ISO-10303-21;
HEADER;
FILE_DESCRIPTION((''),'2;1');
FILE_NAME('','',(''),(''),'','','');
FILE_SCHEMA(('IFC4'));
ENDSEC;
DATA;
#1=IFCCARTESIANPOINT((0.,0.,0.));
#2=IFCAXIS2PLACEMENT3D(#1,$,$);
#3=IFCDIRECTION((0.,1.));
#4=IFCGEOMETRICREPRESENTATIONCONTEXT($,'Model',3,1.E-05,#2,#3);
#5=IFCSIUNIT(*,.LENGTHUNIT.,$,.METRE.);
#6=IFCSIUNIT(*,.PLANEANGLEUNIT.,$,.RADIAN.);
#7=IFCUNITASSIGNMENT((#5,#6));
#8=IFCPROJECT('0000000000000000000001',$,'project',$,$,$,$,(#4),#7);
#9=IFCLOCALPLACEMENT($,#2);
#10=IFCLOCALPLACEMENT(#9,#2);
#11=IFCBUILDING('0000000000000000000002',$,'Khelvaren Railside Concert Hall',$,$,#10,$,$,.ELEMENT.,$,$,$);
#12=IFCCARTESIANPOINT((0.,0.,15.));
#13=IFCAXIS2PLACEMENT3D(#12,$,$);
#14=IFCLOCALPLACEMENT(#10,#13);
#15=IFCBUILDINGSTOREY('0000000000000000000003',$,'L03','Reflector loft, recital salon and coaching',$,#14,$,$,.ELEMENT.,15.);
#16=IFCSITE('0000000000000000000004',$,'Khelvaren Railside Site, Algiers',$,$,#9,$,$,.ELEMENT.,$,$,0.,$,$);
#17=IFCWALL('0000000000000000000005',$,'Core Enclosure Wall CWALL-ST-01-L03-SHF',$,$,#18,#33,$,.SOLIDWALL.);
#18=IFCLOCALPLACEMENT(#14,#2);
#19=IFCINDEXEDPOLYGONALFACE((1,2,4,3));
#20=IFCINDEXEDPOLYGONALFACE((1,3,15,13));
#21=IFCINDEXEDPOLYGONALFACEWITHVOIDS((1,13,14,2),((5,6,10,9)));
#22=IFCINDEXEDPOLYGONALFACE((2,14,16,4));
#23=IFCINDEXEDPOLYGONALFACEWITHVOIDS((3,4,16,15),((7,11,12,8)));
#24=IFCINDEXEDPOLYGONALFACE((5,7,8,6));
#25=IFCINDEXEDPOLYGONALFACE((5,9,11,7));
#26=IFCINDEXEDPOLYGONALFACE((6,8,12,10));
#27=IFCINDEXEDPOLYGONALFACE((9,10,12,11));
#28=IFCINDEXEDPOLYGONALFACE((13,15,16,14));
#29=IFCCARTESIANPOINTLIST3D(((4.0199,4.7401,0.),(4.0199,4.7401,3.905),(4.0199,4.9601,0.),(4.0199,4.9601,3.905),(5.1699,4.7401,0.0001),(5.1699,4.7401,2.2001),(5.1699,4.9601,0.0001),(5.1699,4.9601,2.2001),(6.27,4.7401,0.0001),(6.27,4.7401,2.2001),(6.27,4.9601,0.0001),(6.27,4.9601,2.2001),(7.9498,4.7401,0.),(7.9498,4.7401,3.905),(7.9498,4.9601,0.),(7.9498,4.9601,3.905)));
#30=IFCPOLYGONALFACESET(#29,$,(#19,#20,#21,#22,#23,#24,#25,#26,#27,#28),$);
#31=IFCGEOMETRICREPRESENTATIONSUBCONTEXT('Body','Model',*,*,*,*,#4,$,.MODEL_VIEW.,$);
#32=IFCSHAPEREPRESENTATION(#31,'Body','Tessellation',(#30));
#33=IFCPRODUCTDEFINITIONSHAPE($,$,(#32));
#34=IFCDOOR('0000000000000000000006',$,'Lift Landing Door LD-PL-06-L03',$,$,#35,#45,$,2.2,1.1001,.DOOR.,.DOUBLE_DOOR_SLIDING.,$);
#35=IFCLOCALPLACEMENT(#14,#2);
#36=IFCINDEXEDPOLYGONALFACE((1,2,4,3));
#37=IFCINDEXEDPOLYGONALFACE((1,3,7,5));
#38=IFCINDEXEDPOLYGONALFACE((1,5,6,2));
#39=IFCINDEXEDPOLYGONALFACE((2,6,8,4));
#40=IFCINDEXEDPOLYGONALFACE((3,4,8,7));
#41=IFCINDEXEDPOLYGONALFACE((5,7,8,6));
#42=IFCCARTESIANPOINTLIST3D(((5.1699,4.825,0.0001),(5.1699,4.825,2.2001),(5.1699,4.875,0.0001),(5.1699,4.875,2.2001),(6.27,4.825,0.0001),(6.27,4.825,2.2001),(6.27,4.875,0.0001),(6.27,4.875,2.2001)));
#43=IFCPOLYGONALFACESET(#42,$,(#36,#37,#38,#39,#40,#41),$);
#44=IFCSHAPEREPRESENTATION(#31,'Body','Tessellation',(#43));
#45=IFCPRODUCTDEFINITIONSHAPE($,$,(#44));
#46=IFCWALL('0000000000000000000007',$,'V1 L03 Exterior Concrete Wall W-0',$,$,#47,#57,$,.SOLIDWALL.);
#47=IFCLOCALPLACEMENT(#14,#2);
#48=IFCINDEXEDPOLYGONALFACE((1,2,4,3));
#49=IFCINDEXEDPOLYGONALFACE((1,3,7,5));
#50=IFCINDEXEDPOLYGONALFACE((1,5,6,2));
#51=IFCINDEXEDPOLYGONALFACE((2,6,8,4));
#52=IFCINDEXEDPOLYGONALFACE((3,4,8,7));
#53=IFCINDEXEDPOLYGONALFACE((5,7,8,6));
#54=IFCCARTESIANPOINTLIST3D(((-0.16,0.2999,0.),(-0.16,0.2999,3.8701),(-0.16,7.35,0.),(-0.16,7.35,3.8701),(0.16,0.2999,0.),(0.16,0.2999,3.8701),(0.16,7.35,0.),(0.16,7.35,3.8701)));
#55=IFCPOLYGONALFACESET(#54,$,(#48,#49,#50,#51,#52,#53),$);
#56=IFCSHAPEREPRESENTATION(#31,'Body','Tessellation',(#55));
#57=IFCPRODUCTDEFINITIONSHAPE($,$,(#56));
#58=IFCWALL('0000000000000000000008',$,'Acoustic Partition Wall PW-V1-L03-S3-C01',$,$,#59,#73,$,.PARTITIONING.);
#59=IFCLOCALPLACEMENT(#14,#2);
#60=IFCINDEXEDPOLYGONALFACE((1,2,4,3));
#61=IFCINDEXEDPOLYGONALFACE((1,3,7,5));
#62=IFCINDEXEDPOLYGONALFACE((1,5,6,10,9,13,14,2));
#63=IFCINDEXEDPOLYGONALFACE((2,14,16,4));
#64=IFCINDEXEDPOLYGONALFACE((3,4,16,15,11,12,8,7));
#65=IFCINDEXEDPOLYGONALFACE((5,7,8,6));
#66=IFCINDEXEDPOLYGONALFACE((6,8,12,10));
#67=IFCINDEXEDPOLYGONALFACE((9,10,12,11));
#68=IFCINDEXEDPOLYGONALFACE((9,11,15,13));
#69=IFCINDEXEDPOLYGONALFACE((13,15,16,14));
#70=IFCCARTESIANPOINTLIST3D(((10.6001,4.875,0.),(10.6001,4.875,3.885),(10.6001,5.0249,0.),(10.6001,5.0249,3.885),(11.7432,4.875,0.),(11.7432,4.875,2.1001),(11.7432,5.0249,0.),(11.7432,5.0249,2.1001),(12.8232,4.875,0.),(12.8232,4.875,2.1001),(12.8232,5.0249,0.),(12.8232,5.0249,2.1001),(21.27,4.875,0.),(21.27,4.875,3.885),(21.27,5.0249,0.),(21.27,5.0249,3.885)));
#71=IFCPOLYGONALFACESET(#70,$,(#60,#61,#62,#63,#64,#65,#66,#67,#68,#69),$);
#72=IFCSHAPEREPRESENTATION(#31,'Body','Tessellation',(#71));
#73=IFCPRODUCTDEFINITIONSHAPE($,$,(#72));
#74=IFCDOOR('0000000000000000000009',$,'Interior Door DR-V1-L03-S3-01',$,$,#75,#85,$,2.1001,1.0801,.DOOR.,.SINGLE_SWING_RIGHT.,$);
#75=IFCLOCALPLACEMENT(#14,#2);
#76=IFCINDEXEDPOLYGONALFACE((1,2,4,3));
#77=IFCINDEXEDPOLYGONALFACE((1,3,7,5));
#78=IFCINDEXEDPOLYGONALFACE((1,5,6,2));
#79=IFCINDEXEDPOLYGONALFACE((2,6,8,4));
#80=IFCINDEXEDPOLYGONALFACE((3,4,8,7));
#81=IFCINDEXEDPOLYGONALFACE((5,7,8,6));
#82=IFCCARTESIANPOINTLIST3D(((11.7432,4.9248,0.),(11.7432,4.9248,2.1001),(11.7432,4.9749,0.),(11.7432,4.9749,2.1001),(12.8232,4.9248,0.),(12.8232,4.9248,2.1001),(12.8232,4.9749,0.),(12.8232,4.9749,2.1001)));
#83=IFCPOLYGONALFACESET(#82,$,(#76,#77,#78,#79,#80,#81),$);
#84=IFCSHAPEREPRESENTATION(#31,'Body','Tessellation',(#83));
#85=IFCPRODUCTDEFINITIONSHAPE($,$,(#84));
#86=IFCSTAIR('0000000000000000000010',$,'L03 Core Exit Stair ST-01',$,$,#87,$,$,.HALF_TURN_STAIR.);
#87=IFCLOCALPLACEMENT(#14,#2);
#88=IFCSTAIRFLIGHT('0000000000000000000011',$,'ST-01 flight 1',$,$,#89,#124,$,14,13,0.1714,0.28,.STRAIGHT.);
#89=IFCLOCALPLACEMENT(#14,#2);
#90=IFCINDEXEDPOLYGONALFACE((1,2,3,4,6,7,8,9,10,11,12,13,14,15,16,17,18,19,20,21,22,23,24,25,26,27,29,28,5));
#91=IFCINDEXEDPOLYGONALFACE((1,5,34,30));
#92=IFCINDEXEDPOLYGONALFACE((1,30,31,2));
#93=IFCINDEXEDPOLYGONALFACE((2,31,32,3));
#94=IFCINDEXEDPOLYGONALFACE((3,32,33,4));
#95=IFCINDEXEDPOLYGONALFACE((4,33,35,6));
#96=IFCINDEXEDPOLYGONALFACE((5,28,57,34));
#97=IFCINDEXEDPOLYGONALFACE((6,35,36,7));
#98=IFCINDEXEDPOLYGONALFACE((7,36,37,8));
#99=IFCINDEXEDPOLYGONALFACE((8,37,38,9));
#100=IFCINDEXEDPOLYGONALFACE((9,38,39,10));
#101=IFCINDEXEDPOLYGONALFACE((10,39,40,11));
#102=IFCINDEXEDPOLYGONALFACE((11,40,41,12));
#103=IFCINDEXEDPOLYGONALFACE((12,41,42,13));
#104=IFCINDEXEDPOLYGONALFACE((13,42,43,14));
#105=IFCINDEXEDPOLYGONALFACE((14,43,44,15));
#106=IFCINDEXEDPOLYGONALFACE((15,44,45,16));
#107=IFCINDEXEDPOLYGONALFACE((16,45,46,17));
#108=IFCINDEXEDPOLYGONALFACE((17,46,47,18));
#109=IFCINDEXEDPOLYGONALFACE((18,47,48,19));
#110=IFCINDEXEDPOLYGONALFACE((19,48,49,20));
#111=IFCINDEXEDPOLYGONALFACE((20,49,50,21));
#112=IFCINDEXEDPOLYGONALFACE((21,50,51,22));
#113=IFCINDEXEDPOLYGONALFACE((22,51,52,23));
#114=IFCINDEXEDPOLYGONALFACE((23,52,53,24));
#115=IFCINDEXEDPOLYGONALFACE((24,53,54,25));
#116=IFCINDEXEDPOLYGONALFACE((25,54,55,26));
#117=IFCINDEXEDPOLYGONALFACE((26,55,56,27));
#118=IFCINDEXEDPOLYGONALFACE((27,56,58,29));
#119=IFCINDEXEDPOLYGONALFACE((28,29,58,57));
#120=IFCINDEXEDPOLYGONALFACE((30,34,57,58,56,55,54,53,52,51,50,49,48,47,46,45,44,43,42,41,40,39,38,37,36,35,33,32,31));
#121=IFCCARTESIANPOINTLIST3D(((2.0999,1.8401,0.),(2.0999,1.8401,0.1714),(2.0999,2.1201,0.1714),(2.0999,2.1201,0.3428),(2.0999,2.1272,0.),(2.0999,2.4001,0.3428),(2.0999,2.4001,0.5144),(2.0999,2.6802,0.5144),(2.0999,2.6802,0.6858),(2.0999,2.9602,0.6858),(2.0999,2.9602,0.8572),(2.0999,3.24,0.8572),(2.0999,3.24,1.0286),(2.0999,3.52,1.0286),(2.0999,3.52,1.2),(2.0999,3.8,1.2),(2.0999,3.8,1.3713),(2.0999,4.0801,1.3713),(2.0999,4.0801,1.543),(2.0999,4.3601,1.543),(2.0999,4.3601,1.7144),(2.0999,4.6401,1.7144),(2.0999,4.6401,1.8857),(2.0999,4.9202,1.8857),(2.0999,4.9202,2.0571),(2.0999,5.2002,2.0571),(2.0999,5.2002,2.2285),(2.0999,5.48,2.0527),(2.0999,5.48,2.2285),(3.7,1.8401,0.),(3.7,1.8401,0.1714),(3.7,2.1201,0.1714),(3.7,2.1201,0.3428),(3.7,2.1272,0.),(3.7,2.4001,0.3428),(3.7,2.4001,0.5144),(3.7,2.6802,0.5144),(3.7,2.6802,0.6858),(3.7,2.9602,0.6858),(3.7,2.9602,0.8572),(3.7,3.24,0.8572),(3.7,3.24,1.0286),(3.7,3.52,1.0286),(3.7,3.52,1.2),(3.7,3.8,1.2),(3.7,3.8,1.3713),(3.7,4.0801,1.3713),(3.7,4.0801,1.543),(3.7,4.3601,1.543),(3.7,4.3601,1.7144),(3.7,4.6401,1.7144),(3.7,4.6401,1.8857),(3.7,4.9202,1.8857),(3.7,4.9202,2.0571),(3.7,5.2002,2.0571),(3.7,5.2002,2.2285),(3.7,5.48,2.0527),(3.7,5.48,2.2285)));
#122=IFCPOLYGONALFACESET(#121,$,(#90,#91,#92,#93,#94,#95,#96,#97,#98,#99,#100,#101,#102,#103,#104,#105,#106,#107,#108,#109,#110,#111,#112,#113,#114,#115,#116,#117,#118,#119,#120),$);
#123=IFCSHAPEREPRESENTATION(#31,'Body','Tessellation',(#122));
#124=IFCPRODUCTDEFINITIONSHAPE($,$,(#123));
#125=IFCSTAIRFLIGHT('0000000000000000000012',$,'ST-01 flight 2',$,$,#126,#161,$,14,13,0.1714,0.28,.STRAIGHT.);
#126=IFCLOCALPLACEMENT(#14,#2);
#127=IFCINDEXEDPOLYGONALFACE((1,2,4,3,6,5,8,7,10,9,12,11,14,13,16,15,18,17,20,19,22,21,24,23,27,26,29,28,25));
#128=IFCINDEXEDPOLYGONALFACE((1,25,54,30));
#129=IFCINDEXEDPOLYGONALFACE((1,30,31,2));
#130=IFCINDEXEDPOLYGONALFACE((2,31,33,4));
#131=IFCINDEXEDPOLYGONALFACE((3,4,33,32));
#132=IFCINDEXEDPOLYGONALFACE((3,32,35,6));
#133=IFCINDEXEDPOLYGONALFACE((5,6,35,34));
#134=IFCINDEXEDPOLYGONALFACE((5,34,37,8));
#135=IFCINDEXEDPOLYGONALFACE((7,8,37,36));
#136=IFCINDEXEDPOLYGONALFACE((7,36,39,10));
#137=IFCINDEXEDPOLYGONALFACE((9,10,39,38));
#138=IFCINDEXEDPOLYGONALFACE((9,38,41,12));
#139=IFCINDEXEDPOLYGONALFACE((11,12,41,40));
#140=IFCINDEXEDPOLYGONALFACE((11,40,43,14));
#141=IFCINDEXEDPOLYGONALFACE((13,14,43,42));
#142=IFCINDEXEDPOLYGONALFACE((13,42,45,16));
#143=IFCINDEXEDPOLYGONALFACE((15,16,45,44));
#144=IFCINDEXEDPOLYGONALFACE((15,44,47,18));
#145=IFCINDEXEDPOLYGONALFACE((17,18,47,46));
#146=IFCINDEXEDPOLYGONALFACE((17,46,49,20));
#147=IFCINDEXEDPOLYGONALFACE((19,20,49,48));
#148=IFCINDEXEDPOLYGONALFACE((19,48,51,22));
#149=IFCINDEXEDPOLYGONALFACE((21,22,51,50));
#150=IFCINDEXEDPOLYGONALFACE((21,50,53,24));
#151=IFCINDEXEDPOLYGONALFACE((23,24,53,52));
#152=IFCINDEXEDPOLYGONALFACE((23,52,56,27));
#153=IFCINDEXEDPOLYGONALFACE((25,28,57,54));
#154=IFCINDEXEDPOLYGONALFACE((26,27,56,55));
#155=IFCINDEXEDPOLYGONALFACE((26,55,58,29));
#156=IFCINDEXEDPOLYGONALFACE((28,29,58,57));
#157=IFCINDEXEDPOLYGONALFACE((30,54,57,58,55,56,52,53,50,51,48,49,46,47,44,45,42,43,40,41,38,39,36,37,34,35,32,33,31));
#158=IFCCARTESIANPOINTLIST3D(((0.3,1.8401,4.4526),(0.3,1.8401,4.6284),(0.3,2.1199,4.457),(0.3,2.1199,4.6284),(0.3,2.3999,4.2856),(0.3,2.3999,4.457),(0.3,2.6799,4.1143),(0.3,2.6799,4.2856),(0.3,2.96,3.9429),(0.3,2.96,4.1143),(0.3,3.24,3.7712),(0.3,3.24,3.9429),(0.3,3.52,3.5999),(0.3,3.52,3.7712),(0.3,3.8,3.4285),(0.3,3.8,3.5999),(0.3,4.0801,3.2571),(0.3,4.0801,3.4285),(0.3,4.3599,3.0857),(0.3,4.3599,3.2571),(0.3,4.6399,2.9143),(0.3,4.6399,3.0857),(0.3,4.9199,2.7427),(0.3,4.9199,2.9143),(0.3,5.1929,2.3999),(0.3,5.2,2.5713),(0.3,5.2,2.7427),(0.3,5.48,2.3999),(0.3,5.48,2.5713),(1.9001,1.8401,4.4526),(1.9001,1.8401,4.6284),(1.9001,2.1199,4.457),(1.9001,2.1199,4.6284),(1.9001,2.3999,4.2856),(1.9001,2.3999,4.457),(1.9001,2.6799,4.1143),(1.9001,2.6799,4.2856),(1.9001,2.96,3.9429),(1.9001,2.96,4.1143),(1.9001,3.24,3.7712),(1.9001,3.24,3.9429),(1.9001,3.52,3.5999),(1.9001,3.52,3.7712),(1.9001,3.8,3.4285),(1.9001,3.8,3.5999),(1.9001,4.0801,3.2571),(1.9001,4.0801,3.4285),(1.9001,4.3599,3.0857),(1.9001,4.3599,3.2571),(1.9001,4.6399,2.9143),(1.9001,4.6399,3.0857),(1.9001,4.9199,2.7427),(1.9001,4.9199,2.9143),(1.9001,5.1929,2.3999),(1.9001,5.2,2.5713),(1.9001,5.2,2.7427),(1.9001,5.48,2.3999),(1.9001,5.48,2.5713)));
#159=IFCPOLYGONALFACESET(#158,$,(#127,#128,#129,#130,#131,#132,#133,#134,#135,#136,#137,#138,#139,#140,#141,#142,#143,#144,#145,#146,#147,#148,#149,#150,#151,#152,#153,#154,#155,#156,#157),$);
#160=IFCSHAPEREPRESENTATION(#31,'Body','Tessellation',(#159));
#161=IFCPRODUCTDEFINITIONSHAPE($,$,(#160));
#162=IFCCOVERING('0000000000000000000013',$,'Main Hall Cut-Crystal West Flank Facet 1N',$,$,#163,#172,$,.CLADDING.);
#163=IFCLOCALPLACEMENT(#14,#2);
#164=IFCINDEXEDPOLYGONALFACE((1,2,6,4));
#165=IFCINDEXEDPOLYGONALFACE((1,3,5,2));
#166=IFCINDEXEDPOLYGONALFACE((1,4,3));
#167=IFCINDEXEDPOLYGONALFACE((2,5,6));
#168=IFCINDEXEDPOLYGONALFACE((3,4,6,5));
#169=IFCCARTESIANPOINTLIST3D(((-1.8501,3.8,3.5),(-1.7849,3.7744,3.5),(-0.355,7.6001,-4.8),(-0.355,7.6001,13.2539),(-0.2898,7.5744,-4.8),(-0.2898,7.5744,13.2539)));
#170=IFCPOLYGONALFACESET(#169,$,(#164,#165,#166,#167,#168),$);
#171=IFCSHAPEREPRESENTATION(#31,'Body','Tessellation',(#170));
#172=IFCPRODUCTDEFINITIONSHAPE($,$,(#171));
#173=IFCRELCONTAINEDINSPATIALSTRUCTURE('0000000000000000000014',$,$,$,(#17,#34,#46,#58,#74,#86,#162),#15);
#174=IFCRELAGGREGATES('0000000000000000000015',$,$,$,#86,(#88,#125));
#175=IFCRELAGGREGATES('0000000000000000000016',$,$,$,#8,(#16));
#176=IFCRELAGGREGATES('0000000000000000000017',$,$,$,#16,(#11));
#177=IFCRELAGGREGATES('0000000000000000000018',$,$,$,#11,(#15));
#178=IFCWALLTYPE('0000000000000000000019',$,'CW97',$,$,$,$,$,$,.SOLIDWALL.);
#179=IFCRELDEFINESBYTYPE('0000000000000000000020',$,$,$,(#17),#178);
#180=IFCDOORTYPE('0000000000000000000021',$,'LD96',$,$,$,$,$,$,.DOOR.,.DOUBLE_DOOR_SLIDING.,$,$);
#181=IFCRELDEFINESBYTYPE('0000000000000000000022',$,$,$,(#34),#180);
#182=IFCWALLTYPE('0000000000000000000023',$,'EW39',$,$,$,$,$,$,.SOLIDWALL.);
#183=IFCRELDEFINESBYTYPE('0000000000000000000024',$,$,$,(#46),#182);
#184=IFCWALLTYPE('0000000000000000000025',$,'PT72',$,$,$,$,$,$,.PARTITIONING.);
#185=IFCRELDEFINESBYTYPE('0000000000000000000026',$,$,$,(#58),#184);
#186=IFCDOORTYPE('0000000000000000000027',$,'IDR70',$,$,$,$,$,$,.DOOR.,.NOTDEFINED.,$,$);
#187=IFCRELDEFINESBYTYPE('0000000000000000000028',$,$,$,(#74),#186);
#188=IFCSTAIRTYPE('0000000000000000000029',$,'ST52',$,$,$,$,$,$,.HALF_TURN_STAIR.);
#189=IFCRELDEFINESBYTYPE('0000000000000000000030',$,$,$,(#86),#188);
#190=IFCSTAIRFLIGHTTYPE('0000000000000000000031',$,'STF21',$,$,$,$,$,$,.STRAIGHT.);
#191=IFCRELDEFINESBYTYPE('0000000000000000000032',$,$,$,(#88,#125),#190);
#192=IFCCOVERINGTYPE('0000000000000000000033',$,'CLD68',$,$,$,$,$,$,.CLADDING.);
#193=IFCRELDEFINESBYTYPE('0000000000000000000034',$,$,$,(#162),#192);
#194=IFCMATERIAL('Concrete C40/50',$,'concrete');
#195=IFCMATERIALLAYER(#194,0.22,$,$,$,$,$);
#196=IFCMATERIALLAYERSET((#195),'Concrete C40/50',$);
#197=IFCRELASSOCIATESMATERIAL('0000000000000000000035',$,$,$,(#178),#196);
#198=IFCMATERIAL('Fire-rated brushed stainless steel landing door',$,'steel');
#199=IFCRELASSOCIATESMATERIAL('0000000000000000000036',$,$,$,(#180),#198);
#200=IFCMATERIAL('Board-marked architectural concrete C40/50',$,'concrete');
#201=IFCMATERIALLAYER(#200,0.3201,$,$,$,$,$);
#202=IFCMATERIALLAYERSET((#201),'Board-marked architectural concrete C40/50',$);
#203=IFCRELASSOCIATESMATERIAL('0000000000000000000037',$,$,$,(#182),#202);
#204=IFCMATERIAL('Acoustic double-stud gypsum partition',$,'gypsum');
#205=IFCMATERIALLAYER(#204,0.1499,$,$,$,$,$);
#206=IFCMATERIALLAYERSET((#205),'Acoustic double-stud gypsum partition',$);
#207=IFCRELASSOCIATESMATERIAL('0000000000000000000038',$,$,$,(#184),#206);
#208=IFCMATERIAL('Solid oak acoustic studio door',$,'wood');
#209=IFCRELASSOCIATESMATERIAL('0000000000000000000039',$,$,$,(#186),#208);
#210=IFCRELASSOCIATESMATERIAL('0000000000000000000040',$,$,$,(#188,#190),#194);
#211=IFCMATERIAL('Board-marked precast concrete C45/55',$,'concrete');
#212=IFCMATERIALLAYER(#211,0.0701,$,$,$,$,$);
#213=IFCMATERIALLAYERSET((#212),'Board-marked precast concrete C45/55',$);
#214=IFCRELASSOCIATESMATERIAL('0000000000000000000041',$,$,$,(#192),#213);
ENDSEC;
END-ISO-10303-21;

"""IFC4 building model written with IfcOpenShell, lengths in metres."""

from ifc_helpers import new_model, si_unit, direction, frame, frame_2d, origin, place, context, subcontext, project, spatial, polyline, rectangle, outline, extrude, material, layer, layer_set, type_object, element, fill, aggregate, save


model = new_model("IFC4")

# Units and contexts
model_context = context("Model", 3, precision=1e-05, world=origin(), true_north=direction((0.0, 1.0)))
body_context = subcontext(model_context, "Body", "Model", "MODEL_VIEW")
ifc_project = project(units=[si_unit("LENGTHUNIT", "METRE"), si_unit("PLANEANGLEUNIT", "RADIAN")], contexts=[model_context])

# Site, building, storey
site_placement = place(None, origin())
site = spatial("IfcSite", under=ifc_project, at=site_placement, Name="Khelvaren Railside Site, Algiers", CompositionType="ELEMENT", RefElevation=0.0)
building_placement = place(site_placement, origin())
building = spatial("IfcBuilding", under=site, at=building_placement, Name="Khelvaren Railside Concert Hall", CompositionType="ELEMENT")
storey_placement = place(building_placement, frame((0.0, 0.0, 15.0)))
storey = spatial("IfcBuildingStorey", under=building, at=storey_placement, Name="L03", Description="Reflector loft, recital salon and coaching", CompositionType="ELEMENT", Elevation=15.0)

# Wall, opening, door
ifc_material_1 = material(Name="Concrete C40/50", Category="concrete")
ifc_layer_1 = layer(ifc_material_1, 0.22)
ifc_layer_set_1 = layer_set([ifc_layer_1], Name="Concrete C40/50")
wall_type_1 = type_object("IfcWallType", Name="CW97", PredefinedType="SOLIDWALL", material=ifc_layer_set_1)
wall_1_placement = place(storey_placement, frame((4.02, 4.8501, 0.0), z_axis=(0.0, 0.0, 1.0), x_axis=(1.0, 0.0, 0.0)))
wall_1 = element("IfcWall", 1, at=wall_1_placement, inside=storey, type_object=wall_type_1, Name="Core Enclosure Wall CWALL-ST-01-L03-SHF", PredefinedType="SOLIDWALL", context=body_context, shape_type="SweptSolid", body=[
    extrude(rectangle(XDim=3.9299, YDim=0.22, at=frame_2d((1.9648, 0.0))), origin(), (0.0, 0.0, 1.0), 3.905),
])
opening_1_placement = place(wall_1_placement, frame((1.1499, 0.0, 0.0)))
opening_1 = element("IfcOpeningElement", 2, at=opening_1_placement, cuts=wall_1, PredefinedType="OPENING", context=body_context, shape_type="SweptSolid", body=[
    extrude(rectangle(XDim=1.1001, YDim=2.2, at=frame_2d((0.55, 1.1001))), frame((0.0, 0.1199, 0.0), z_axis=(0.0, -1.0, 0.0), x_axis=(1.0, 0.0, 0.0)), (0.0, 0.0, 1.0), 0.24),
])
ifc_material_2 = material(Name="Fire-rated brushed stainless steel landing door", Category="steel")
door_type_1 = type_object("IfcDoorType", Name="LD96", OperationType="DOUBLE_DOOR_SLIDING", PredefinedType="DOOR", material=ifc_material_2)
door_1_placement = place(opening_1_placement, origin())
door_1 = element("IfcDoor", 3, at=door_1_placement, inside=storey, type_object=door_type_1, Name="Lift Landing Door LD-PL-06-L03", OperationType="DOUBLE_DOOR_SLIDING", OverallHeight=2.2, OverallWidth=1.1001, PredefinedType="DOOR", context=body_context, shape_type="SweptSolid", body=[
    extrude(rectangle(XDim=1.1001, YDim=2.2, at=frame_2d((0.55, 1.1001))), frame((0.0, 0.0249, 0.0), z_axis=(0.0, -1.0, 0.0), x_axis=(1.0, 0.0, 0.0)), (0.0, 0.0, 1.0), 0.05),
])
fill(opening_1, door_1)

# Wall
ifc_material_3 = material(Name="Board-marked architectural concrete C40/50", Category="concrete")
ifc_layer_2 = layer(ifc_material_3, 0.3201)
ifc_layer_set_2 = layer_set([ifc_layer_2], Name="Board-marked architectural concrete C40/50")
wall_type_2 = type_object("IfcWallType", Name="EW39", PredefinedType="SOLIDWALL", material=ifc_layer_set_2)
wall_2_placement = place(storey_placement, frame((0.0, 0.3, 0.0), z_axis=(0.0, 0.0, 1.0), x_axis=(0.0, 1.0, 0.0)))
element("IfcWall", 4, at=wall_2_placement, inside=storey, type_object=wall_type_2, Name="V1 L03 Exterior Concrete Wall W-0", PredefinedType="SOLIDWALL", context=body_context, shape_type="SweptSolid", body=[
    extrude(rectangle(XDim=7.05, YDim=0.3201, at=frame_2d((3.5249, 0.0))), origin(), (0.0, 0.0, 1.0), 3.8701),
])

# Wall, opening, door
ifc_material_4 = material(Name="Acoustic double-stud gypsum partition", Category="gypsum")
ifc_layer_3 = layer(ifc_material_4, 0.1499)
ifc_layer_set_3 = layer_set([ifc_layer_3], Name="Acoustic double-stud gypsum partition")
wall_type_3 = type_object("IfcWallType", Name="PT72", PredefinedType="PARTITIONING", material=ifc_layer_set_3)
wall_3_placement = place(storey_placement, frame((10.6001, 4.95, 0.0), z_axis=(0.0, 0.0, 1.0), x_axis=(1.0, 0.0, 0.0)))
wall_3 = element("IfcWall", 5, at=wall_3_placement, inside=storey, type_object=wall_type_3, Name="Acoustic Partition Wall PW-V1-L03-S3-C01", PredefinedType="PARTITIONING", context=body_context, shape_type="SweptSolid", body=[
    extrude(rectangle(XDim=10.6699, YDim=0.1499, at=frame_2d((5.335, 0.0))), origin(), (0.0, 0.0, 1.0), 3.885),
])
opening_2_placement = place(wall_3_placement, frame((1.1431, 0.0, 0.0)))
opening_2 = element("IfcOpeningElement", 6, at=opening_2_placement, cuts=wall_3, PredefinedType="OPENING", context=body_context, shape_type="SweptSolid", body=[
    extrude(rectangle(XDim=1.0801, YDim=2.1001, at=frame_2d((0.54, 1.05))), frame((0.0, 0.085, 0.0), z_axis=(0.0, -1.0, 0.0), x_axis=(1.0, 0.0, 0.0)), (0.0, 0.0, 1.0), 0.1699),
])
ifc_material_5 = material(Name="Solid oak acoustic studio door", Category="wood")
door_type_2 = type_object("IfcDoorType", Name="IDR70", OperationType="NOTDEFINED", PredefinedType="DOOR", material=ifc_material_5)
door_2_placement = place(opening_2_placement, origin())
door_2 = element("IfcDoor", 7, at=door_2_placement, inside=storey, type_object=door_type_2, Name="Interior Door DR-V1-L03-S3-01", OperationType="SINGLE_SWING_RIGHT", OverallHeight=2.1001, OverallWidth=1.0801, PredefinedType="DOOR", context=body_context, shape_type="SweptSolid", body=[
    extrude(rectangle(XDim=1.0801, YDim=2.1001, at=frame_2d((0.54, 1.05))), frame((0.0, 0.0249, 0.0), z_axis=(0.0, -1.0, 0.0), x_axis=(1.0, 0.0, 0.0)), (0.0, 0.0, 1.0), 0.05),
])
fill(opening_2, door_2)

# Stair, stair flights
stair_type = type_object("IfcStairType", Name="ST52", PredefinedType="HALF_TURN_STAIR", material=ifc_material_1)
stair_placement = place(storey_placement, origin())
stair = element("IfcStair", 8, at=stair_placement, inside=storey, type_object=stair_type, Name="L03 Core Exit Stair ST-01", PredefinedType="HALF_TURN_STAIR")
stair_flight_type = type_object("IfcStairFlightType", Name="STF21", PredefinedType="STRAIGHT", material=ifc_material_1)
stair_flight_1_placement = place(storey_placement, frame((2.8999, 1.8401, 0.0), z_axis=(0.0, 0.0, 1.0), x_axis=(0.0, 1.0, 0.0)))
stair_flight_1 = element("IfcStairFlight", 9, at=stair_flight_1_placement, type_object=stair_flight_type, Name="ST-01 flight 1", NumberOfRisers=14, NumberOfTreads=13, PredefinedType="STRAIGHT", RiserHeight=0.1714, TreadLength=0.28, context=body_context, shape_type="SweptSolid", body=[
    extrude(outline(polyline([(0.0, 0.0), (0.0, 0.1714), (0.28, 0.1714), (0.28, 0.3428), (0.5601, 0.3428), (0.5601, 0.5144), (0.8401, 0.5144), (0.8401, 0.6858), (1.1201, 0.6858), (1.1201, 0.8572), (1.3999, 0.8572), (1.3999, 1.0286), (1.6799, 1.0286), (1.6799, 1.2), (1.96, 1.2), (1.96, 1.3713), (2.24, 1.3713), (2.24, 1.543), (2.52, 1.543), (2.52, 1.7144), (2.8, 1.7144), (2.8, 1.8857), (3.0801, 1.8857), (3.0801, 2.0571), (3.3601, 2.0571), (3.3601, 2.2285), (3.6399, 2.2285), (3.6399, 2.3999), (3.6399, 2.0527), (0.2871, 0.0), (0.0, 0.0)])), frame((0.0, 0.8, 0.0), z_axis=(0.0, -1.0, 0.0), x_axis=(1.0, 0.0, 0.0)), (0.0, 0.0, 1.0), 1.6001),
])
stair_flight_2_placement = place(storey_placement, frame((1.1001, 5.48, 2.3999), z_axis=(0.0, 0.0, 1.0), x_axis=(0.0, -1.0, 0.0)))
stair_flight_2 = element("IfcStairFlight", 10, at=stair_flight_2_placement, type_object=stair_flight_type, Name="ST-01 flight 2", NumberOfRisers=14, NumberOfTreads=13, PredefinedType="STRAIGHT", RiserHeight=0.1714, TreadLength=0.28, context=body_context, shape_type="SweptSolid", body=[
    extrude(outline(polyline([(0.0, 0.0), (0.0, 0.1714), (0.28, 0.1714), (0.28, 0.3428), (0.5601, 0.3428), (0.5601, 0.5144), (0.8401, 0.5144), (0.8401, 0.6858), (1.1201, 0.6858), (1.1201, 0.8572), (1.3999, 0.8572), (1.3999, 1.0286), (1.6799, 1.0286), (1.6799, 1.2), (1.96, 1.2), (1.96, 1.3713), (2.24, 1.3713), (2.24, 1.543), (2.52, 1.543), (2.52, 1.7144), (2.8, 1.7144), (2.8, 1.8857), (3.0801, 1.8857), (3.0801, 2.0571), (3.3601, 2.0571), (3.3601, 2.2285), (3.6399, 2.2285), (3.6399, 2.3999), (3.6399, 2.0527), (0.2871, 0.0), (0.0, 0.0)])), frame((0.0, 0.8, 0.0), z_axis=(0.0, -1.0, 0.0), x_axis=(1.0, 0.0, 0.0)), (0.0, 0.0, 1.0), 1.6001),
])
aggregate(stair, [stair_flight_1, stair_flight_2])

# Covering
ifc_material_6 = material(Name="Board-marked precast concrete C45/55", Category="concrete")
ifc_layer_4 = layer(ifc_material_6, 0.0701)
ifc_layer_set_4 = layer_set([ifc_layer_4], Name="Board-marked precast concrete C45/55")
covering_type = type_object("IfcCoveringType", Name="CLD68", PredefinedType="CLADDING", material=ifc_layer_set_4)
covering_placement = place(storey_placement, frame((-0.355, 7.6001, 13.2539), z_axis=(-0.930565, 0.366128, 0.0), x_axis=(0.0, 0.0, -1.0)))
element("IfcCovering", 11, at=covering_placement, inside=storey, type_object=covering_type, Name="Main Hall Cut-Crystal West Flank Facet 1N", PredefinedType="CLADDING", context=body_context, shape_type="SweptSolid", body=[
    extrude(outline(polyline([(0.0, 0.0), (18.054, 0.0), (9.7539, 4.0836), (0.0, 0.0)])), origin(), (0.0, 0.0, -1.0), 0.0701),
])

save(model, "model.ifc")
